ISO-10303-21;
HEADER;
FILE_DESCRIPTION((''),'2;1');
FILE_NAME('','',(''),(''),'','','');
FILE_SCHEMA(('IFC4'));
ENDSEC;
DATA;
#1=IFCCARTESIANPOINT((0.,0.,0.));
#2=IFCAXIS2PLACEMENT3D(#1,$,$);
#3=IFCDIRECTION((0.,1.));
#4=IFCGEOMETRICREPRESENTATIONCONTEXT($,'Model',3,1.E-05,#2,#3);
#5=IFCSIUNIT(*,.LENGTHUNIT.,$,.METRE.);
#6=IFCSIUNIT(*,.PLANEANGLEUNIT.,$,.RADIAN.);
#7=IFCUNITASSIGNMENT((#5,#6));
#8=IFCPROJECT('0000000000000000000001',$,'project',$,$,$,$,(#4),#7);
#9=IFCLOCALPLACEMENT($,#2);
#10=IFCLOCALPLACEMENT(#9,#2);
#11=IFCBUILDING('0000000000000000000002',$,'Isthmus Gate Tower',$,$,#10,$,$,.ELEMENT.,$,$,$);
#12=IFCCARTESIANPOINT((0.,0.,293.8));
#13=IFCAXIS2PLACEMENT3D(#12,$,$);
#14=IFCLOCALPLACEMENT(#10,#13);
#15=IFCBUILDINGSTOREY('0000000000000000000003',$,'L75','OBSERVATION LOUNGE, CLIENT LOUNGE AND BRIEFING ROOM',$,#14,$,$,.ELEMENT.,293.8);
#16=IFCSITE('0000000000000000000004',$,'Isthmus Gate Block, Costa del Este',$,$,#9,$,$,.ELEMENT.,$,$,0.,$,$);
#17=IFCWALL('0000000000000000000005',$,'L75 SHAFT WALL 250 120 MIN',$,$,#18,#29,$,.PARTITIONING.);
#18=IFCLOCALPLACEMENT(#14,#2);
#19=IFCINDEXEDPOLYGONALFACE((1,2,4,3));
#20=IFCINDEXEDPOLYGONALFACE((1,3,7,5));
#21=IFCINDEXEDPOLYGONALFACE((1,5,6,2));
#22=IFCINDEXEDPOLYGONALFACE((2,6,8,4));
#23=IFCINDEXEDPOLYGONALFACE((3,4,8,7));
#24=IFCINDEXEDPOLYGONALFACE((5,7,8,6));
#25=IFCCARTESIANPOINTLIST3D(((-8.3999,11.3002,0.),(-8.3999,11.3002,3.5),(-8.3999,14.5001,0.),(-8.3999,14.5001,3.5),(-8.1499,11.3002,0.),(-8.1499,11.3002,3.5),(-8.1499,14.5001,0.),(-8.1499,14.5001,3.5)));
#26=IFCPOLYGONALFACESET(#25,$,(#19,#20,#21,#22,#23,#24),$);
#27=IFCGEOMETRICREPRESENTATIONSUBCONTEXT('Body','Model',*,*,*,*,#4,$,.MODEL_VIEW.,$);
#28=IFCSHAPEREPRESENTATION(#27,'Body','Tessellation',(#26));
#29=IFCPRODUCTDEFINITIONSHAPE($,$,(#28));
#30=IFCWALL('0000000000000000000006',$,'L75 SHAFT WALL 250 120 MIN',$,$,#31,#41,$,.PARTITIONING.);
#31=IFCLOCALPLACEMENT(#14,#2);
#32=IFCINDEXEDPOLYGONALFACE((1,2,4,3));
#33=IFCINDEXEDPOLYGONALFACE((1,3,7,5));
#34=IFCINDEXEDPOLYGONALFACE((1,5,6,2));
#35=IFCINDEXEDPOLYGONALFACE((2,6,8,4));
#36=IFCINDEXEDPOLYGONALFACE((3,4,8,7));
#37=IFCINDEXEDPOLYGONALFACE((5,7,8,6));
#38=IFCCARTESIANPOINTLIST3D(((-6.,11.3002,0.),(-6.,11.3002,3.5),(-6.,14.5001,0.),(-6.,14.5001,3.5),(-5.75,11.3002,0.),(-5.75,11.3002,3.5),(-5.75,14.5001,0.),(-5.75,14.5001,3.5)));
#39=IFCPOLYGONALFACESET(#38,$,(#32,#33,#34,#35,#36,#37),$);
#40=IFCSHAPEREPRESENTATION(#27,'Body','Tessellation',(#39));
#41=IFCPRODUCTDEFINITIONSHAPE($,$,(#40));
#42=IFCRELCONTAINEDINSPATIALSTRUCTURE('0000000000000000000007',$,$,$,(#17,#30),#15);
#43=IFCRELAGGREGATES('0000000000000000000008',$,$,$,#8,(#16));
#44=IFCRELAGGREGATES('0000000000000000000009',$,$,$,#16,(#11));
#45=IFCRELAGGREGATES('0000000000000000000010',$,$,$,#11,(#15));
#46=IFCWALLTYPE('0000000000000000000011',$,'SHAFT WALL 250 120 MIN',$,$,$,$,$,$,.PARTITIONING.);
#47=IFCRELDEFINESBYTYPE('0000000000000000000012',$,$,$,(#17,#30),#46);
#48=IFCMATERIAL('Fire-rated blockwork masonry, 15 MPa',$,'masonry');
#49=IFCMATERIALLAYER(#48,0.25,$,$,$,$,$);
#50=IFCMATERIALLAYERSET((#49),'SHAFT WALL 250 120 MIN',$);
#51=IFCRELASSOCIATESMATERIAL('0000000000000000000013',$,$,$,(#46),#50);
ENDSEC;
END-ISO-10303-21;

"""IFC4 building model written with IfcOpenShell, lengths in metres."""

from ifc_helpers import new_model, si_unit, direction, frame, frame_2d, origin, place, context, subcontext, project, spatial, rectangle, extrude, material, layer, layer_set, type_object, element, save


model = new_model("IFC4")

# Units and contexts
model_context = context("Model", 3, precision=1e-05, world=origin(), true_north=direction((0.0, 1.0)))
body_context = subcontext(model_context, "Body", "Model", "MODEL_VIEW")
ifc_project = project(units=[si_unit("LENGTHUNIT", "METRE"), si_unit("PLANEANGLEUNIT", "RADIAN")], contexts=[model_context])

# Site, building, storey
site_placement = place(None, origin())
site = spatial("IfcSite", under=ifc_project, at=site_placement, Name="Isthmus Gate Block, Costa del Este", CompositionType="ELEMENT", RefElevation=0.0)
building_placement = place(site_placement, origin())
building = spatial("IfcBuilding", under=site, at=building_placement, Name="Isthmus Gate Tower", CompositionType="ELEMENT")
storey_placement = place(building_placement, frame((0.0, 0.0, 293.8)))
storey = spatial("IfcBuildingStorey", under=building, at=storey_placement, Name="L75", Description="OBSERVATION LOUNGE, CLIENT LOUNGE AND BRIEFING ROOM", CompositionType="ELEMENT", Elevation=293.8)

# Walls
ifc_material_1 = material(Name="Fire-rated blockwork masonry, 15 MPa", Category="masonry")
ifc_layer_1 = layer(ifc_material_1, 0.25)
ifc_layer_set_1 = layer_set([ifc_layer_1], Name="SHAFT WALL 250 120 MIN")
wall_type_1 = type_object("IfcWallType", Name="SHAFT WALL 250 120 MIN", PredefinedType="PARTITIONING", material=ifc_layer_set_1)
for number, where, z_axis, x_axis, name in (
    (1, (-8.2749, 11.3, 0.0), (0.0, 0.0, 1.0), (0.0, 1.0, 0.0), "L75 SHAFT WALL 250 120 MIN"),
    (2, (-5.875, 11.3, 0.0), (0.0, 0.0, 1.0), (0.0, 1.0, 0.0), "L75 SHAFT WALL 250 120 MIN"),
):
    element("IfcWall", number, at=place(storey_placement, frame(where, z_axis=z_axis, x_axis=x_axis)), inside=storey, type_object=wall_type_1, Name=name, PredefinedType="PARTITIONING", context=body_context, shape_type="SweptSolid", body=[
        extrude(rectangle(XDim=3.2, YDim=0.25, at=frame_2d((1.6001, 0.0))), origin(), (0.0, 0.0, 1.0), 3.5),
    ])

save(model, "model.ifc")
